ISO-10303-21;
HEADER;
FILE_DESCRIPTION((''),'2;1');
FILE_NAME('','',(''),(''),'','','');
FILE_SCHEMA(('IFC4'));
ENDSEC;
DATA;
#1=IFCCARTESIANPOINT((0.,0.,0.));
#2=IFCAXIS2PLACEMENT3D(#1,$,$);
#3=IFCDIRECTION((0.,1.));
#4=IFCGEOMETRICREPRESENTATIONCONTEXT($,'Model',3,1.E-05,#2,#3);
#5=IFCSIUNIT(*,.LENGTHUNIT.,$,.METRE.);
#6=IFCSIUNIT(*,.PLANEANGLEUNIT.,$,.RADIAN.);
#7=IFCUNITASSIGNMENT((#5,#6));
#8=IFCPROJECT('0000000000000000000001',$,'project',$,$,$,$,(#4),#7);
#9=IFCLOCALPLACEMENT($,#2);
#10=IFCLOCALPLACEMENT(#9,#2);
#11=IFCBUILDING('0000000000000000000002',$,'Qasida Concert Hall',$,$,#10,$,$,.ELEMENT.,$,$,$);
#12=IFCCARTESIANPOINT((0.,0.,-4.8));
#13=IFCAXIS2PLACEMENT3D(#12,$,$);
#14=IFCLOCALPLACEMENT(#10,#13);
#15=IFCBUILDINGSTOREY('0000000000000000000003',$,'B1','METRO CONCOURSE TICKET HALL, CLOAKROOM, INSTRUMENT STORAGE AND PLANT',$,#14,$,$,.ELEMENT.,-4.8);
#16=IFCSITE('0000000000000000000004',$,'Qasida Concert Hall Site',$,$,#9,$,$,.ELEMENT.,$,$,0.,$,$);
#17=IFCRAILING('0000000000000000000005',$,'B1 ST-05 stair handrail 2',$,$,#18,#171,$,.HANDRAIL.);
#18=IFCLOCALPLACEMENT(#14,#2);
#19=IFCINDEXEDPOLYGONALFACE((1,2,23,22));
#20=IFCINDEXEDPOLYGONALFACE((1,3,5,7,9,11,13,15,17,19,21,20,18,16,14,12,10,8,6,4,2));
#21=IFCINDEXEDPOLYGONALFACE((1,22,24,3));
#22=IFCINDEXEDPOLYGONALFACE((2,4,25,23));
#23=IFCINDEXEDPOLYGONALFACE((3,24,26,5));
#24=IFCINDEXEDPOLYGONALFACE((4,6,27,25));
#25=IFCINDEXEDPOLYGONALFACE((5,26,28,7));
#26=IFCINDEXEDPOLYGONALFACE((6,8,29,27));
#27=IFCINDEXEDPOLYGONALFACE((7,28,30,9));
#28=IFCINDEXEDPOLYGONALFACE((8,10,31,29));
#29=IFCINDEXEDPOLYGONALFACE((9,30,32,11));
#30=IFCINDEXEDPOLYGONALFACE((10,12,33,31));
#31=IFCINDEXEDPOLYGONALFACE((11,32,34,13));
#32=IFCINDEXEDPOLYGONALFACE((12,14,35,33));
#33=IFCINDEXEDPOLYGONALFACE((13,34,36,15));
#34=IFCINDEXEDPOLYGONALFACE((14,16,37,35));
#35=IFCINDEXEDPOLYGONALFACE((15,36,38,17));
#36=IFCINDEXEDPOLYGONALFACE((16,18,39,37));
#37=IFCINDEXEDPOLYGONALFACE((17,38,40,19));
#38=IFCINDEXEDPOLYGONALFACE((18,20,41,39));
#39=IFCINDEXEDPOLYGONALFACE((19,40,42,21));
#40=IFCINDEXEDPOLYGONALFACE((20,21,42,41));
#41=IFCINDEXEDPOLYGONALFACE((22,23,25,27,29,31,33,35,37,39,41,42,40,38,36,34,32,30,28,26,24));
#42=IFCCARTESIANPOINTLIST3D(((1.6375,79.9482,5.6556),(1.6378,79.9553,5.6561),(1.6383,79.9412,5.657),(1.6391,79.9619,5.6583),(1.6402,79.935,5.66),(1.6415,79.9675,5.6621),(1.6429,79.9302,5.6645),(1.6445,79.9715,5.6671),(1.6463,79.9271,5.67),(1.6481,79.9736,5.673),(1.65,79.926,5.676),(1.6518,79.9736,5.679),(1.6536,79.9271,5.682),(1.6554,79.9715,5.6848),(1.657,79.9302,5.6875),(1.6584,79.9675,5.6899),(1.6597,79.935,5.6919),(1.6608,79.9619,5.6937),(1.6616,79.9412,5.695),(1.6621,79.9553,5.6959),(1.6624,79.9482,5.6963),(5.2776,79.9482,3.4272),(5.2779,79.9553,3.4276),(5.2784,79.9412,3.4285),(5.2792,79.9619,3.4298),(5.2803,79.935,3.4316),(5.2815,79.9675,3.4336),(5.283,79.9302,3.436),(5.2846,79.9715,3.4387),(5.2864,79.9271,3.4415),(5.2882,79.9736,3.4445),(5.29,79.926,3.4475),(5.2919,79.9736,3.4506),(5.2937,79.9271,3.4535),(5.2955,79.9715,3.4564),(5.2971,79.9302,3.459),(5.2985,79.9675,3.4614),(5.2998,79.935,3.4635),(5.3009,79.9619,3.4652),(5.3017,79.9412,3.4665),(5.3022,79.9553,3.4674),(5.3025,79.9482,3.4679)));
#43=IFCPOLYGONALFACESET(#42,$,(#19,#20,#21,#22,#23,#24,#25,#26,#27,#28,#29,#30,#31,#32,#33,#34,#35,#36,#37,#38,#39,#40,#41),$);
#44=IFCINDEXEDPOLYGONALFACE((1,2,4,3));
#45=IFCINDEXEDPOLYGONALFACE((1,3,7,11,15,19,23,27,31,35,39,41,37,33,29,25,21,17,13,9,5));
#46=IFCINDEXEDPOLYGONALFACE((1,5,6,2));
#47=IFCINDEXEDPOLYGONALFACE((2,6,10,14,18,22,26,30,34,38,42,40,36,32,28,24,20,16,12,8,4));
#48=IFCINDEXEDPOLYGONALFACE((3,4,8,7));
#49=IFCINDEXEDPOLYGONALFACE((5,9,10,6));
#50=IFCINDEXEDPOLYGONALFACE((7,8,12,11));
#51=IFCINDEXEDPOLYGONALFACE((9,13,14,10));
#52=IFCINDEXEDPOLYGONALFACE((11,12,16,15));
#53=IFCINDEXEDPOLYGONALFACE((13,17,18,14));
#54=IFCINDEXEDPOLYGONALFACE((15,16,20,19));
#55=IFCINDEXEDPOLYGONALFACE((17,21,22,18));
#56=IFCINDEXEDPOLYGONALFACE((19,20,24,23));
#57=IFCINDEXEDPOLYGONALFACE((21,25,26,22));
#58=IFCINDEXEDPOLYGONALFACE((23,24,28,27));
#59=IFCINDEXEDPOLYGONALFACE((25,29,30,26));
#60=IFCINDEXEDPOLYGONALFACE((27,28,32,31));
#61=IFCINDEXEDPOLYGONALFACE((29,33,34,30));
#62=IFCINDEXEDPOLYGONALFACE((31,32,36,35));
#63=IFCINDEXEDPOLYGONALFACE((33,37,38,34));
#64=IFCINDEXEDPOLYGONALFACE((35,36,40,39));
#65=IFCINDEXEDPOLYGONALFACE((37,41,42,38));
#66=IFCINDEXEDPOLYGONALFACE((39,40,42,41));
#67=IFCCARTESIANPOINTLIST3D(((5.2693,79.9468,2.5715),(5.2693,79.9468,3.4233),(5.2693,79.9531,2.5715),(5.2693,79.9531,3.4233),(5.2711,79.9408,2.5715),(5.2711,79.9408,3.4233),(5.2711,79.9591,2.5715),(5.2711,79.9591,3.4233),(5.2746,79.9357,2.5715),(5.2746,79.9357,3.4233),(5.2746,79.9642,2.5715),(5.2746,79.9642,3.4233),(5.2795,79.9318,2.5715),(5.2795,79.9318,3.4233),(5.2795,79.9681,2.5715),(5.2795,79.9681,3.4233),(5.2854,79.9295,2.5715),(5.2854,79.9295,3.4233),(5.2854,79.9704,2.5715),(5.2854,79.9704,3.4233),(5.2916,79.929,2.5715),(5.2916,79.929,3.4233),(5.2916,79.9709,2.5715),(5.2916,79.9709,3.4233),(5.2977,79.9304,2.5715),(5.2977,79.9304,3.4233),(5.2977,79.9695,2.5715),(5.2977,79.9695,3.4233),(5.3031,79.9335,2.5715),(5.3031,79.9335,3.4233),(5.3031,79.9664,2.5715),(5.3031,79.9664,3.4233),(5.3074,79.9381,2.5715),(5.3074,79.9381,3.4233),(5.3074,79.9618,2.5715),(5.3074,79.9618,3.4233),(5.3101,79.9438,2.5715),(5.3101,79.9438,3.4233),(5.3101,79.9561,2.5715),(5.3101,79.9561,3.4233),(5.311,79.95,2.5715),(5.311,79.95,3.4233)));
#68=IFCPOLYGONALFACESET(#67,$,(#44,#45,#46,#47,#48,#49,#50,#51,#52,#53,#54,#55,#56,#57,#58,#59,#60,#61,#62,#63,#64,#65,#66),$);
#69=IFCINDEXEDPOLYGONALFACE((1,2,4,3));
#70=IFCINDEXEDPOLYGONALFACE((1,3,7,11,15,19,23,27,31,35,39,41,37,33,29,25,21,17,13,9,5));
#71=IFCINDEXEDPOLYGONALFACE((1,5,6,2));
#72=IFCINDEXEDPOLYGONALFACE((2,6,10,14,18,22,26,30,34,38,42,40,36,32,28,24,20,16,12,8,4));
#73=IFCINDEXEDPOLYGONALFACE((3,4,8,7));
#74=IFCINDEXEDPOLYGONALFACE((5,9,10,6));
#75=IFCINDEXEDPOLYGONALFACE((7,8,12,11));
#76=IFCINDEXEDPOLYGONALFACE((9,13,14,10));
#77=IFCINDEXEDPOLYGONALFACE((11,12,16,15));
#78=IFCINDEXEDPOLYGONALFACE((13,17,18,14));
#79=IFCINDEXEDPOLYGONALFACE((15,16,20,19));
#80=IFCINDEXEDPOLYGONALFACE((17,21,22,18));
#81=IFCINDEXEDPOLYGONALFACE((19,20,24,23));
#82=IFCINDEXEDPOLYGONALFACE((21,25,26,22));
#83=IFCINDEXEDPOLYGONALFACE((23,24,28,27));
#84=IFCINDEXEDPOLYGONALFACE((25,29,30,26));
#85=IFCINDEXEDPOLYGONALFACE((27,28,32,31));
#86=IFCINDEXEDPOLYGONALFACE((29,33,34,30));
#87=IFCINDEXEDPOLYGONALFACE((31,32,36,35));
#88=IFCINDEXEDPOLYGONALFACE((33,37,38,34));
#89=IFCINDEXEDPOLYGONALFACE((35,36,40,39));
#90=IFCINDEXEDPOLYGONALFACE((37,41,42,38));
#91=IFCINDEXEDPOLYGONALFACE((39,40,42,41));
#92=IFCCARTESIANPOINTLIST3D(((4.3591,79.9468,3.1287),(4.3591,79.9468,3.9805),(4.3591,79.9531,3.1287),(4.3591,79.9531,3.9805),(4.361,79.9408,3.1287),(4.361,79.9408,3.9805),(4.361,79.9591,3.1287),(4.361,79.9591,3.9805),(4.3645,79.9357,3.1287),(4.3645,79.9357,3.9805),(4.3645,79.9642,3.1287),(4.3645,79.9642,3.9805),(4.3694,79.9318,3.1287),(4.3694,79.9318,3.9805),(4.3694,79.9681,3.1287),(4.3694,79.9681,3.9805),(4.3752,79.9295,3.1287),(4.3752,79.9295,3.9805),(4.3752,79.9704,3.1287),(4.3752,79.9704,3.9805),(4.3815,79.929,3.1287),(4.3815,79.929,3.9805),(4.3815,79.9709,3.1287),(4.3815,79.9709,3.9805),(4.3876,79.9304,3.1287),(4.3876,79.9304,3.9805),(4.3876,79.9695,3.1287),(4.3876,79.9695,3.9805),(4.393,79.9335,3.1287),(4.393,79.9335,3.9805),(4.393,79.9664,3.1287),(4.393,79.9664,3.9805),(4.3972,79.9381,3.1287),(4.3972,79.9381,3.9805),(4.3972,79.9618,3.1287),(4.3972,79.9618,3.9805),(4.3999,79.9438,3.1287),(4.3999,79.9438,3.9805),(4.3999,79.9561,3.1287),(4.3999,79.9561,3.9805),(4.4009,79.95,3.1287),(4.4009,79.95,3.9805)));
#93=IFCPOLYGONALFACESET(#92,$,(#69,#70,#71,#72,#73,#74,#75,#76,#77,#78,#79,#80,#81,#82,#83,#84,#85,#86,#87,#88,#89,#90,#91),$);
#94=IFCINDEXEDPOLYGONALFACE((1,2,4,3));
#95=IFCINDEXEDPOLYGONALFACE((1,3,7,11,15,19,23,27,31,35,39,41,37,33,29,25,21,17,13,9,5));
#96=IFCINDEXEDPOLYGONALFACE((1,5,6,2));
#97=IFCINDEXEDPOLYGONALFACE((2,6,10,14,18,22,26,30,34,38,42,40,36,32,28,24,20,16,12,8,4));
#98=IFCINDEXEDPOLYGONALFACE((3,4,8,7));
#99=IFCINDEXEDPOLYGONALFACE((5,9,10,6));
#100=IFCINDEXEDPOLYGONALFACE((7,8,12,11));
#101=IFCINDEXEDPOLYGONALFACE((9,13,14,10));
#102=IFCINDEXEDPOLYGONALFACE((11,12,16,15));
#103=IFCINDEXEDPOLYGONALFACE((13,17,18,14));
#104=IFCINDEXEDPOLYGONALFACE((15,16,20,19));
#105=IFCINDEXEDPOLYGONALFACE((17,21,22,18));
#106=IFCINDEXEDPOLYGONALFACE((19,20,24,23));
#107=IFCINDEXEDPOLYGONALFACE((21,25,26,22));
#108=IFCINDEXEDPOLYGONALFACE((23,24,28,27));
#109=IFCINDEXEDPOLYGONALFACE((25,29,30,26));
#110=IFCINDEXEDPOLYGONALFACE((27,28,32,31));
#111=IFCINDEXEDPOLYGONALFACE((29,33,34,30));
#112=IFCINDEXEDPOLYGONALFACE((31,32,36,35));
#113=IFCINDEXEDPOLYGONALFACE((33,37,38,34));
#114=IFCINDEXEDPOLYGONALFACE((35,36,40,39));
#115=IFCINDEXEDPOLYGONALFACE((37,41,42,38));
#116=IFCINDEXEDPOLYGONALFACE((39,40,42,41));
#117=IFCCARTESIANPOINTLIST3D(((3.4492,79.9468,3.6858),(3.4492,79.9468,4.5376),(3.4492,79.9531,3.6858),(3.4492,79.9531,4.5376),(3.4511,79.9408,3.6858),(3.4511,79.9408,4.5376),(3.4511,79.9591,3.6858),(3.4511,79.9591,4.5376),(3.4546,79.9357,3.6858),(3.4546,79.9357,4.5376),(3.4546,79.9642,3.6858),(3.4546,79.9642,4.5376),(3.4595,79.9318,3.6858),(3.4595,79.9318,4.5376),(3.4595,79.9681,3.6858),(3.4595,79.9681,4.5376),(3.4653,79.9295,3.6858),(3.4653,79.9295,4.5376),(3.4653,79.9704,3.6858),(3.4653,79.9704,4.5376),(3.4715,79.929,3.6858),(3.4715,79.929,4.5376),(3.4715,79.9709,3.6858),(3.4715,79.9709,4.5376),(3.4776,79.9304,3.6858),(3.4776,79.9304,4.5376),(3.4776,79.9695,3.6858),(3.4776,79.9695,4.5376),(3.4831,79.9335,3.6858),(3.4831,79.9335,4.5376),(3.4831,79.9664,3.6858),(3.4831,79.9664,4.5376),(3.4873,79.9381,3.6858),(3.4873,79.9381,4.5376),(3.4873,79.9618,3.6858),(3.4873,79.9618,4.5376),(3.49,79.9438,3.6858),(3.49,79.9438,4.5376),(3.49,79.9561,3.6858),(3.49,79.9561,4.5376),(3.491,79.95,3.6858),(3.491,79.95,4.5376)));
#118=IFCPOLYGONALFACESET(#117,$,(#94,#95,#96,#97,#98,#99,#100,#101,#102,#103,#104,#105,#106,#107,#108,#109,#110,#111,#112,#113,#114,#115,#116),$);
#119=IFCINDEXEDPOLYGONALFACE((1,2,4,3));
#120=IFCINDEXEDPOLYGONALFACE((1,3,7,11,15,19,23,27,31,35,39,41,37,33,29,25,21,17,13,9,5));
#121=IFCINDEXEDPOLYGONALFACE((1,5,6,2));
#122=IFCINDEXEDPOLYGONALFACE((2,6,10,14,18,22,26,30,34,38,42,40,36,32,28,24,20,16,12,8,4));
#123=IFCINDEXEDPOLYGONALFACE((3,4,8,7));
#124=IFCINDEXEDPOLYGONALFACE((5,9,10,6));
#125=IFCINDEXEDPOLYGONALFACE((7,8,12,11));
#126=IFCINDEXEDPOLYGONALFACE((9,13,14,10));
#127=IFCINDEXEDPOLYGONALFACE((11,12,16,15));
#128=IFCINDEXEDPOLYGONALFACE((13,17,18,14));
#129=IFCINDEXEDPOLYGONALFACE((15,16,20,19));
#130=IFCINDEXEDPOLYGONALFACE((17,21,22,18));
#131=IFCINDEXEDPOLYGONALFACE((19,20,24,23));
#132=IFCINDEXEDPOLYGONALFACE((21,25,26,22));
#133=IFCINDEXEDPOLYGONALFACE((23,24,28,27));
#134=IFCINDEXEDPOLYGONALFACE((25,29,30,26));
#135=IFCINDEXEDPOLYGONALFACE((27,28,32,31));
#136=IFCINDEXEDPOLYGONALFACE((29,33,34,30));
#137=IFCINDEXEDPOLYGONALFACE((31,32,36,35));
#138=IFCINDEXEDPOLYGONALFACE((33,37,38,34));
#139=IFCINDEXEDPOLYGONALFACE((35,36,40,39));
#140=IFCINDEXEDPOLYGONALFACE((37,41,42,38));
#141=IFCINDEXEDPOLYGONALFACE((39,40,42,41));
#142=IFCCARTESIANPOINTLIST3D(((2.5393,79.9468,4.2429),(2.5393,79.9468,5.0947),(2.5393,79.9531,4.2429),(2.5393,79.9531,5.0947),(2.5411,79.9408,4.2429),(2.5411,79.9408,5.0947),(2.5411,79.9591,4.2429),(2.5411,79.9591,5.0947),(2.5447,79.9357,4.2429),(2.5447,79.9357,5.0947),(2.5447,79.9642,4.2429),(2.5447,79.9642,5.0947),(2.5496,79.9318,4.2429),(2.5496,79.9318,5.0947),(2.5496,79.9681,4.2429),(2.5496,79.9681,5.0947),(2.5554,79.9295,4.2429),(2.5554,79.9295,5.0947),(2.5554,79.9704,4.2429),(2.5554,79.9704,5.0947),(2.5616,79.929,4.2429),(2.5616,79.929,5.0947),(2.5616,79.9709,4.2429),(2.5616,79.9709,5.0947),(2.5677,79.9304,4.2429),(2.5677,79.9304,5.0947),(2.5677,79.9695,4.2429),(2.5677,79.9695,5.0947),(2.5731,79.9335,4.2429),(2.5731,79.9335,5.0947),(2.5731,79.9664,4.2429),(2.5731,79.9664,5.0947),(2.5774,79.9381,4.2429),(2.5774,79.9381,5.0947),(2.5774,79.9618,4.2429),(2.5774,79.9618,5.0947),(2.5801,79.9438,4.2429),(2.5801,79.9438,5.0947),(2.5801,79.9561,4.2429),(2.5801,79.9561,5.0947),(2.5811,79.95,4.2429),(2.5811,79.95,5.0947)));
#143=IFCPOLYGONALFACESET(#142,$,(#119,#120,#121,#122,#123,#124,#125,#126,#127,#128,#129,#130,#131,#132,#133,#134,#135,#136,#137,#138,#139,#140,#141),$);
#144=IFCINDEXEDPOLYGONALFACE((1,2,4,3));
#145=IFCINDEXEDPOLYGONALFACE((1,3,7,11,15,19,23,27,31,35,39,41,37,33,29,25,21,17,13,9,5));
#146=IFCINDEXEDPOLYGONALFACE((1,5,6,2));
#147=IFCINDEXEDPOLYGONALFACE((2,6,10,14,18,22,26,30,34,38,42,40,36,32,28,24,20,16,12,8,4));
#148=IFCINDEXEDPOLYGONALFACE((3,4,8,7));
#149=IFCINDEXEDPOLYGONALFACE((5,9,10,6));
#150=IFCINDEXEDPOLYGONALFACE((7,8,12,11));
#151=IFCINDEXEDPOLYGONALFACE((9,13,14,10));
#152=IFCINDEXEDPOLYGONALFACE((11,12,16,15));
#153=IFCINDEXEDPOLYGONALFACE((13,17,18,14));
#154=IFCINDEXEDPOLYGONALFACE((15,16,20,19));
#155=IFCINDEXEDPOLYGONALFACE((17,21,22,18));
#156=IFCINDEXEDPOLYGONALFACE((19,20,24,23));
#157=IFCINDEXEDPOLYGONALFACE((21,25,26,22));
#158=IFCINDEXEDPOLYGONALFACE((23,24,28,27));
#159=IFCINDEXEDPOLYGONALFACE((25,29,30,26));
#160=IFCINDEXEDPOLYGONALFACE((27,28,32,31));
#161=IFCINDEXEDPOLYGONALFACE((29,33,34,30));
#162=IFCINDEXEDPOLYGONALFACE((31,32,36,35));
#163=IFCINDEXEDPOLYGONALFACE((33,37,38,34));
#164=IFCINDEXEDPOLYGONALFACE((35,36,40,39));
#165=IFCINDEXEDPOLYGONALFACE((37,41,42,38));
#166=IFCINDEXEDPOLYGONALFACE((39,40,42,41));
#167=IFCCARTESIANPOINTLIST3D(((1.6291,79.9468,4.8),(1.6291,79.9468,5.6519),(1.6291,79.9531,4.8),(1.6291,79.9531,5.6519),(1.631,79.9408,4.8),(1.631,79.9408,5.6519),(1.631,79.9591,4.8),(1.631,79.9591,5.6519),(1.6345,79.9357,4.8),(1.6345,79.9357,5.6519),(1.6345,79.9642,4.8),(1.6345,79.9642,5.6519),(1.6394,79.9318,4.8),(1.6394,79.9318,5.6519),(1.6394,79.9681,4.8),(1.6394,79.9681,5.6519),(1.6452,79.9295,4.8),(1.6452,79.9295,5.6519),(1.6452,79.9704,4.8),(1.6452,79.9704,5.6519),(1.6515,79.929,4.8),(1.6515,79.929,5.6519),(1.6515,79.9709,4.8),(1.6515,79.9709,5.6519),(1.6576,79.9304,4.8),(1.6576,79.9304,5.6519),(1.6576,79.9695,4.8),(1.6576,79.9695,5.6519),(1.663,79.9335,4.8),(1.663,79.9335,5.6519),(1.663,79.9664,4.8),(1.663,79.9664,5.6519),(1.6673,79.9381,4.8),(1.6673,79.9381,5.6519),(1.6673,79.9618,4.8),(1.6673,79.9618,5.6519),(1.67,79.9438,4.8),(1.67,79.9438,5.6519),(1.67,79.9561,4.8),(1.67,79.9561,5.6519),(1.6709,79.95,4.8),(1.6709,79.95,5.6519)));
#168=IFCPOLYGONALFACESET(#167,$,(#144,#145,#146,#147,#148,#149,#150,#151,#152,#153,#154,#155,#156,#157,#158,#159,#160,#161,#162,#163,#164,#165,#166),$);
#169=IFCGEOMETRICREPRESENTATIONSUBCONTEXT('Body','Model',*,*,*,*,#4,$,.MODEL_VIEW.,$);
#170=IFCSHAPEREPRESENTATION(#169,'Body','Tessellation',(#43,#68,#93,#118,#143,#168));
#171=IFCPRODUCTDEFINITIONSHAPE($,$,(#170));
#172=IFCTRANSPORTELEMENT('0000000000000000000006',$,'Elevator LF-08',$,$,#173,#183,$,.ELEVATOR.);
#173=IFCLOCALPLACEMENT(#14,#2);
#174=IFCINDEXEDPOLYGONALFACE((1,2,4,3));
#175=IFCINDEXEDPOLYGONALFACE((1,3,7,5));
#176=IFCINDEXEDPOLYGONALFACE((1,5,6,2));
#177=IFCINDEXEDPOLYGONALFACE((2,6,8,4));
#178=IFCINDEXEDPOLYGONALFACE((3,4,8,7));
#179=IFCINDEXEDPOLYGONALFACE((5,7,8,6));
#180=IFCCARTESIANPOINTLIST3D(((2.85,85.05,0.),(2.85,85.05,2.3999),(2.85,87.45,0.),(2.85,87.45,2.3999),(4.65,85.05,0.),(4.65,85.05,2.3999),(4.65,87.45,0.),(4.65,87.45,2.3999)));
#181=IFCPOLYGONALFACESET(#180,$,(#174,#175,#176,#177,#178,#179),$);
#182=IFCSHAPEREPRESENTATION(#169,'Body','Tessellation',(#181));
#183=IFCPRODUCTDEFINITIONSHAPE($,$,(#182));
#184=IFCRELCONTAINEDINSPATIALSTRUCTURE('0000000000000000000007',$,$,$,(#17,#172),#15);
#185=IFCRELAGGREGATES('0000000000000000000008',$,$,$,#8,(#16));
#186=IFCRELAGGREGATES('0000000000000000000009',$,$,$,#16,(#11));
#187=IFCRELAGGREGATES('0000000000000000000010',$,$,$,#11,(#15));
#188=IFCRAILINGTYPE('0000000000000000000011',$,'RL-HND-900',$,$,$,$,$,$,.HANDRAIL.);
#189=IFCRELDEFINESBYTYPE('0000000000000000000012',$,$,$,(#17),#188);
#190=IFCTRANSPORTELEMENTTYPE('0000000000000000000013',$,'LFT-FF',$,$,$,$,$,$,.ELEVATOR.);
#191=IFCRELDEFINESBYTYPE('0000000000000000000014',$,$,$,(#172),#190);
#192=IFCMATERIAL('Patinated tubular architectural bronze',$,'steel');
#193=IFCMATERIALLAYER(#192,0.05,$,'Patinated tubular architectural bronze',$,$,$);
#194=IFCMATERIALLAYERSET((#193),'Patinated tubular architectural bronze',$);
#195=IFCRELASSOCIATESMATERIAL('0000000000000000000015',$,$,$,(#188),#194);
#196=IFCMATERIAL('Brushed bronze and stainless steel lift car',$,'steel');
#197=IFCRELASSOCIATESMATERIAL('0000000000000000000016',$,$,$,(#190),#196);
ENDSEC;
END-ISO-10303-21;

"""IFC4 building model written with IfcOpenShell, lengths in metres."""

from ifc_helpers import new_model, si_unit, direction, frame, origin, origin_2d, place, context, subcontext, project, spatial, rectangle, circle, extrude, material, layer, layer_set, type_object, element, save


model = new_model("IFC4")

# Units and contexts
model_context = context("Model", 3, precision=1e-05, world=origin(), true_north=direction((0.0, 1.0)))
body_context = subcontext(model_context, "Body", "Model", "MODEL_VIEW")
ifc_project = project(units=[si_unit("LENGTHUNIT", "METRE"), si_unit("PLANEANGLEUNIT", "RADIAN")], contexts=[model_context])

# Site, building, storey
site_placement = place(None, origin())
site = spatial("IfcSite", under=ifc_project, at=site_placement, Name="Qasida Concert Hall Site", CompositionType="ELEMENT", RefElevation=0.0)
building_placement = place(site_placement, origin())
building = spatial("IfcBuilding", under=site, at=building_placement, Name="Qasida Concert Hall", CompositionType="ELEMENT")
storey_placement = place(building_placement, frame((0.0, 0.0, -4.8)))
storey = spatial("IfcBuildingStorey", under=building, at=storey_placement, Name="B1", Description="METRO CONCOURSE TICKET HALL, CLOAKROOM, INSTRUMENT STORAGE AND PLANT", CompositionType="ELEMENT", Elevation=-4.8)

# Railing
ifc_material_1 = material(Name="Patinated tubular architectural bronze", Category="steel")
ifc_layer_1 = layer(ifc_material_1, 0.05, Name="Patinated tubular architectural bronze")
ifc_layer_set_1 = layer_set([ifc_layer_1], Name="Patinated tubular architectural bronze")
railing_type_1 = type_object("IfcRailingType", Name="RL-HND-900", PredefinedType="HANDRAIL", material=ifc_layer_set_1)
railing_1_placement = place(storey_placement, frame((5.29, 79.95, 2.5715)))
element("IfcRailing", 1, at=railing_1_placement, inside=storey, type_object=railing_type_1, Name="B1 ST-05 stair handrail 2", PredefinedType="HANDRAIL", context=body_context, shape_type="SweptSolid", body=[
    extrude(circle(Radius=0.0239, at=origin_2d()), frame((0.0, 0.0, 0.876), z_axis=(-0.852866, 0.0, 0.52213), x_axis=(0.0, -1.0, 0.0)), (0.0, 0.0, 1.0), 4.2681),
    extrude(circle(Radius=0.021, at=origin_2d()), origin(), (0.0, 0.0, 1.0), 0.8518),
    extrude(circle(Radius=0.021, at=origin_2d()), frame((-0.9102, 0.0, 0.5571)), (0.0, 0.0, 1.0), 0.8518),
    extrude(circle(Radius=0.021, at=origin_2d()), frame((-1.8201, 0.0, 1.1143)), (0.0, 0.0, 1.0), 0.8518),
    extrude(circle(Radius=0.021, at=origin_2d()), frame((-2.73, 0.0, 1.6714)), (0.0, 0.0, 1.0), 0.8518),
    extrude(circle(Radius=0.021, at=origin_2d()), frame((-3.6401, 0.0, 2.2285)), (0.0, 0.0, 1.0), 0.8518),
])

# Transport element
ifc_material_2 = material(Name="Brushed bronze and stainless steel lift car", Category="steel")
transport_element_type = type_object("IfcTransportElementType", Name="LFT-FF", PredefinedType="ELEVATOR", material=ifc_material_2)
transport_element_placement = place(storey_placement, frame((3.75, 86.25, 0.0), z_axis=(0.0, 0.0, 1.0), x_axis=(1.0, 0.0, 0.0)))
element("IfcTransportElement", 2, at=transport_element_placement, inside=storey, type_object=transport_element_type, Name="Elevator LF-08", PredefinedType="ELEVATOR", context=body_context, shape_type="SweptSolid", body=[
    extrude(rectangle(XDim=1.8, YDim=2.3999, at=origin_2d()), origin(), (0.0, 0.0, 1.0), 2.3999),
])

save(model, "model.ifc")
